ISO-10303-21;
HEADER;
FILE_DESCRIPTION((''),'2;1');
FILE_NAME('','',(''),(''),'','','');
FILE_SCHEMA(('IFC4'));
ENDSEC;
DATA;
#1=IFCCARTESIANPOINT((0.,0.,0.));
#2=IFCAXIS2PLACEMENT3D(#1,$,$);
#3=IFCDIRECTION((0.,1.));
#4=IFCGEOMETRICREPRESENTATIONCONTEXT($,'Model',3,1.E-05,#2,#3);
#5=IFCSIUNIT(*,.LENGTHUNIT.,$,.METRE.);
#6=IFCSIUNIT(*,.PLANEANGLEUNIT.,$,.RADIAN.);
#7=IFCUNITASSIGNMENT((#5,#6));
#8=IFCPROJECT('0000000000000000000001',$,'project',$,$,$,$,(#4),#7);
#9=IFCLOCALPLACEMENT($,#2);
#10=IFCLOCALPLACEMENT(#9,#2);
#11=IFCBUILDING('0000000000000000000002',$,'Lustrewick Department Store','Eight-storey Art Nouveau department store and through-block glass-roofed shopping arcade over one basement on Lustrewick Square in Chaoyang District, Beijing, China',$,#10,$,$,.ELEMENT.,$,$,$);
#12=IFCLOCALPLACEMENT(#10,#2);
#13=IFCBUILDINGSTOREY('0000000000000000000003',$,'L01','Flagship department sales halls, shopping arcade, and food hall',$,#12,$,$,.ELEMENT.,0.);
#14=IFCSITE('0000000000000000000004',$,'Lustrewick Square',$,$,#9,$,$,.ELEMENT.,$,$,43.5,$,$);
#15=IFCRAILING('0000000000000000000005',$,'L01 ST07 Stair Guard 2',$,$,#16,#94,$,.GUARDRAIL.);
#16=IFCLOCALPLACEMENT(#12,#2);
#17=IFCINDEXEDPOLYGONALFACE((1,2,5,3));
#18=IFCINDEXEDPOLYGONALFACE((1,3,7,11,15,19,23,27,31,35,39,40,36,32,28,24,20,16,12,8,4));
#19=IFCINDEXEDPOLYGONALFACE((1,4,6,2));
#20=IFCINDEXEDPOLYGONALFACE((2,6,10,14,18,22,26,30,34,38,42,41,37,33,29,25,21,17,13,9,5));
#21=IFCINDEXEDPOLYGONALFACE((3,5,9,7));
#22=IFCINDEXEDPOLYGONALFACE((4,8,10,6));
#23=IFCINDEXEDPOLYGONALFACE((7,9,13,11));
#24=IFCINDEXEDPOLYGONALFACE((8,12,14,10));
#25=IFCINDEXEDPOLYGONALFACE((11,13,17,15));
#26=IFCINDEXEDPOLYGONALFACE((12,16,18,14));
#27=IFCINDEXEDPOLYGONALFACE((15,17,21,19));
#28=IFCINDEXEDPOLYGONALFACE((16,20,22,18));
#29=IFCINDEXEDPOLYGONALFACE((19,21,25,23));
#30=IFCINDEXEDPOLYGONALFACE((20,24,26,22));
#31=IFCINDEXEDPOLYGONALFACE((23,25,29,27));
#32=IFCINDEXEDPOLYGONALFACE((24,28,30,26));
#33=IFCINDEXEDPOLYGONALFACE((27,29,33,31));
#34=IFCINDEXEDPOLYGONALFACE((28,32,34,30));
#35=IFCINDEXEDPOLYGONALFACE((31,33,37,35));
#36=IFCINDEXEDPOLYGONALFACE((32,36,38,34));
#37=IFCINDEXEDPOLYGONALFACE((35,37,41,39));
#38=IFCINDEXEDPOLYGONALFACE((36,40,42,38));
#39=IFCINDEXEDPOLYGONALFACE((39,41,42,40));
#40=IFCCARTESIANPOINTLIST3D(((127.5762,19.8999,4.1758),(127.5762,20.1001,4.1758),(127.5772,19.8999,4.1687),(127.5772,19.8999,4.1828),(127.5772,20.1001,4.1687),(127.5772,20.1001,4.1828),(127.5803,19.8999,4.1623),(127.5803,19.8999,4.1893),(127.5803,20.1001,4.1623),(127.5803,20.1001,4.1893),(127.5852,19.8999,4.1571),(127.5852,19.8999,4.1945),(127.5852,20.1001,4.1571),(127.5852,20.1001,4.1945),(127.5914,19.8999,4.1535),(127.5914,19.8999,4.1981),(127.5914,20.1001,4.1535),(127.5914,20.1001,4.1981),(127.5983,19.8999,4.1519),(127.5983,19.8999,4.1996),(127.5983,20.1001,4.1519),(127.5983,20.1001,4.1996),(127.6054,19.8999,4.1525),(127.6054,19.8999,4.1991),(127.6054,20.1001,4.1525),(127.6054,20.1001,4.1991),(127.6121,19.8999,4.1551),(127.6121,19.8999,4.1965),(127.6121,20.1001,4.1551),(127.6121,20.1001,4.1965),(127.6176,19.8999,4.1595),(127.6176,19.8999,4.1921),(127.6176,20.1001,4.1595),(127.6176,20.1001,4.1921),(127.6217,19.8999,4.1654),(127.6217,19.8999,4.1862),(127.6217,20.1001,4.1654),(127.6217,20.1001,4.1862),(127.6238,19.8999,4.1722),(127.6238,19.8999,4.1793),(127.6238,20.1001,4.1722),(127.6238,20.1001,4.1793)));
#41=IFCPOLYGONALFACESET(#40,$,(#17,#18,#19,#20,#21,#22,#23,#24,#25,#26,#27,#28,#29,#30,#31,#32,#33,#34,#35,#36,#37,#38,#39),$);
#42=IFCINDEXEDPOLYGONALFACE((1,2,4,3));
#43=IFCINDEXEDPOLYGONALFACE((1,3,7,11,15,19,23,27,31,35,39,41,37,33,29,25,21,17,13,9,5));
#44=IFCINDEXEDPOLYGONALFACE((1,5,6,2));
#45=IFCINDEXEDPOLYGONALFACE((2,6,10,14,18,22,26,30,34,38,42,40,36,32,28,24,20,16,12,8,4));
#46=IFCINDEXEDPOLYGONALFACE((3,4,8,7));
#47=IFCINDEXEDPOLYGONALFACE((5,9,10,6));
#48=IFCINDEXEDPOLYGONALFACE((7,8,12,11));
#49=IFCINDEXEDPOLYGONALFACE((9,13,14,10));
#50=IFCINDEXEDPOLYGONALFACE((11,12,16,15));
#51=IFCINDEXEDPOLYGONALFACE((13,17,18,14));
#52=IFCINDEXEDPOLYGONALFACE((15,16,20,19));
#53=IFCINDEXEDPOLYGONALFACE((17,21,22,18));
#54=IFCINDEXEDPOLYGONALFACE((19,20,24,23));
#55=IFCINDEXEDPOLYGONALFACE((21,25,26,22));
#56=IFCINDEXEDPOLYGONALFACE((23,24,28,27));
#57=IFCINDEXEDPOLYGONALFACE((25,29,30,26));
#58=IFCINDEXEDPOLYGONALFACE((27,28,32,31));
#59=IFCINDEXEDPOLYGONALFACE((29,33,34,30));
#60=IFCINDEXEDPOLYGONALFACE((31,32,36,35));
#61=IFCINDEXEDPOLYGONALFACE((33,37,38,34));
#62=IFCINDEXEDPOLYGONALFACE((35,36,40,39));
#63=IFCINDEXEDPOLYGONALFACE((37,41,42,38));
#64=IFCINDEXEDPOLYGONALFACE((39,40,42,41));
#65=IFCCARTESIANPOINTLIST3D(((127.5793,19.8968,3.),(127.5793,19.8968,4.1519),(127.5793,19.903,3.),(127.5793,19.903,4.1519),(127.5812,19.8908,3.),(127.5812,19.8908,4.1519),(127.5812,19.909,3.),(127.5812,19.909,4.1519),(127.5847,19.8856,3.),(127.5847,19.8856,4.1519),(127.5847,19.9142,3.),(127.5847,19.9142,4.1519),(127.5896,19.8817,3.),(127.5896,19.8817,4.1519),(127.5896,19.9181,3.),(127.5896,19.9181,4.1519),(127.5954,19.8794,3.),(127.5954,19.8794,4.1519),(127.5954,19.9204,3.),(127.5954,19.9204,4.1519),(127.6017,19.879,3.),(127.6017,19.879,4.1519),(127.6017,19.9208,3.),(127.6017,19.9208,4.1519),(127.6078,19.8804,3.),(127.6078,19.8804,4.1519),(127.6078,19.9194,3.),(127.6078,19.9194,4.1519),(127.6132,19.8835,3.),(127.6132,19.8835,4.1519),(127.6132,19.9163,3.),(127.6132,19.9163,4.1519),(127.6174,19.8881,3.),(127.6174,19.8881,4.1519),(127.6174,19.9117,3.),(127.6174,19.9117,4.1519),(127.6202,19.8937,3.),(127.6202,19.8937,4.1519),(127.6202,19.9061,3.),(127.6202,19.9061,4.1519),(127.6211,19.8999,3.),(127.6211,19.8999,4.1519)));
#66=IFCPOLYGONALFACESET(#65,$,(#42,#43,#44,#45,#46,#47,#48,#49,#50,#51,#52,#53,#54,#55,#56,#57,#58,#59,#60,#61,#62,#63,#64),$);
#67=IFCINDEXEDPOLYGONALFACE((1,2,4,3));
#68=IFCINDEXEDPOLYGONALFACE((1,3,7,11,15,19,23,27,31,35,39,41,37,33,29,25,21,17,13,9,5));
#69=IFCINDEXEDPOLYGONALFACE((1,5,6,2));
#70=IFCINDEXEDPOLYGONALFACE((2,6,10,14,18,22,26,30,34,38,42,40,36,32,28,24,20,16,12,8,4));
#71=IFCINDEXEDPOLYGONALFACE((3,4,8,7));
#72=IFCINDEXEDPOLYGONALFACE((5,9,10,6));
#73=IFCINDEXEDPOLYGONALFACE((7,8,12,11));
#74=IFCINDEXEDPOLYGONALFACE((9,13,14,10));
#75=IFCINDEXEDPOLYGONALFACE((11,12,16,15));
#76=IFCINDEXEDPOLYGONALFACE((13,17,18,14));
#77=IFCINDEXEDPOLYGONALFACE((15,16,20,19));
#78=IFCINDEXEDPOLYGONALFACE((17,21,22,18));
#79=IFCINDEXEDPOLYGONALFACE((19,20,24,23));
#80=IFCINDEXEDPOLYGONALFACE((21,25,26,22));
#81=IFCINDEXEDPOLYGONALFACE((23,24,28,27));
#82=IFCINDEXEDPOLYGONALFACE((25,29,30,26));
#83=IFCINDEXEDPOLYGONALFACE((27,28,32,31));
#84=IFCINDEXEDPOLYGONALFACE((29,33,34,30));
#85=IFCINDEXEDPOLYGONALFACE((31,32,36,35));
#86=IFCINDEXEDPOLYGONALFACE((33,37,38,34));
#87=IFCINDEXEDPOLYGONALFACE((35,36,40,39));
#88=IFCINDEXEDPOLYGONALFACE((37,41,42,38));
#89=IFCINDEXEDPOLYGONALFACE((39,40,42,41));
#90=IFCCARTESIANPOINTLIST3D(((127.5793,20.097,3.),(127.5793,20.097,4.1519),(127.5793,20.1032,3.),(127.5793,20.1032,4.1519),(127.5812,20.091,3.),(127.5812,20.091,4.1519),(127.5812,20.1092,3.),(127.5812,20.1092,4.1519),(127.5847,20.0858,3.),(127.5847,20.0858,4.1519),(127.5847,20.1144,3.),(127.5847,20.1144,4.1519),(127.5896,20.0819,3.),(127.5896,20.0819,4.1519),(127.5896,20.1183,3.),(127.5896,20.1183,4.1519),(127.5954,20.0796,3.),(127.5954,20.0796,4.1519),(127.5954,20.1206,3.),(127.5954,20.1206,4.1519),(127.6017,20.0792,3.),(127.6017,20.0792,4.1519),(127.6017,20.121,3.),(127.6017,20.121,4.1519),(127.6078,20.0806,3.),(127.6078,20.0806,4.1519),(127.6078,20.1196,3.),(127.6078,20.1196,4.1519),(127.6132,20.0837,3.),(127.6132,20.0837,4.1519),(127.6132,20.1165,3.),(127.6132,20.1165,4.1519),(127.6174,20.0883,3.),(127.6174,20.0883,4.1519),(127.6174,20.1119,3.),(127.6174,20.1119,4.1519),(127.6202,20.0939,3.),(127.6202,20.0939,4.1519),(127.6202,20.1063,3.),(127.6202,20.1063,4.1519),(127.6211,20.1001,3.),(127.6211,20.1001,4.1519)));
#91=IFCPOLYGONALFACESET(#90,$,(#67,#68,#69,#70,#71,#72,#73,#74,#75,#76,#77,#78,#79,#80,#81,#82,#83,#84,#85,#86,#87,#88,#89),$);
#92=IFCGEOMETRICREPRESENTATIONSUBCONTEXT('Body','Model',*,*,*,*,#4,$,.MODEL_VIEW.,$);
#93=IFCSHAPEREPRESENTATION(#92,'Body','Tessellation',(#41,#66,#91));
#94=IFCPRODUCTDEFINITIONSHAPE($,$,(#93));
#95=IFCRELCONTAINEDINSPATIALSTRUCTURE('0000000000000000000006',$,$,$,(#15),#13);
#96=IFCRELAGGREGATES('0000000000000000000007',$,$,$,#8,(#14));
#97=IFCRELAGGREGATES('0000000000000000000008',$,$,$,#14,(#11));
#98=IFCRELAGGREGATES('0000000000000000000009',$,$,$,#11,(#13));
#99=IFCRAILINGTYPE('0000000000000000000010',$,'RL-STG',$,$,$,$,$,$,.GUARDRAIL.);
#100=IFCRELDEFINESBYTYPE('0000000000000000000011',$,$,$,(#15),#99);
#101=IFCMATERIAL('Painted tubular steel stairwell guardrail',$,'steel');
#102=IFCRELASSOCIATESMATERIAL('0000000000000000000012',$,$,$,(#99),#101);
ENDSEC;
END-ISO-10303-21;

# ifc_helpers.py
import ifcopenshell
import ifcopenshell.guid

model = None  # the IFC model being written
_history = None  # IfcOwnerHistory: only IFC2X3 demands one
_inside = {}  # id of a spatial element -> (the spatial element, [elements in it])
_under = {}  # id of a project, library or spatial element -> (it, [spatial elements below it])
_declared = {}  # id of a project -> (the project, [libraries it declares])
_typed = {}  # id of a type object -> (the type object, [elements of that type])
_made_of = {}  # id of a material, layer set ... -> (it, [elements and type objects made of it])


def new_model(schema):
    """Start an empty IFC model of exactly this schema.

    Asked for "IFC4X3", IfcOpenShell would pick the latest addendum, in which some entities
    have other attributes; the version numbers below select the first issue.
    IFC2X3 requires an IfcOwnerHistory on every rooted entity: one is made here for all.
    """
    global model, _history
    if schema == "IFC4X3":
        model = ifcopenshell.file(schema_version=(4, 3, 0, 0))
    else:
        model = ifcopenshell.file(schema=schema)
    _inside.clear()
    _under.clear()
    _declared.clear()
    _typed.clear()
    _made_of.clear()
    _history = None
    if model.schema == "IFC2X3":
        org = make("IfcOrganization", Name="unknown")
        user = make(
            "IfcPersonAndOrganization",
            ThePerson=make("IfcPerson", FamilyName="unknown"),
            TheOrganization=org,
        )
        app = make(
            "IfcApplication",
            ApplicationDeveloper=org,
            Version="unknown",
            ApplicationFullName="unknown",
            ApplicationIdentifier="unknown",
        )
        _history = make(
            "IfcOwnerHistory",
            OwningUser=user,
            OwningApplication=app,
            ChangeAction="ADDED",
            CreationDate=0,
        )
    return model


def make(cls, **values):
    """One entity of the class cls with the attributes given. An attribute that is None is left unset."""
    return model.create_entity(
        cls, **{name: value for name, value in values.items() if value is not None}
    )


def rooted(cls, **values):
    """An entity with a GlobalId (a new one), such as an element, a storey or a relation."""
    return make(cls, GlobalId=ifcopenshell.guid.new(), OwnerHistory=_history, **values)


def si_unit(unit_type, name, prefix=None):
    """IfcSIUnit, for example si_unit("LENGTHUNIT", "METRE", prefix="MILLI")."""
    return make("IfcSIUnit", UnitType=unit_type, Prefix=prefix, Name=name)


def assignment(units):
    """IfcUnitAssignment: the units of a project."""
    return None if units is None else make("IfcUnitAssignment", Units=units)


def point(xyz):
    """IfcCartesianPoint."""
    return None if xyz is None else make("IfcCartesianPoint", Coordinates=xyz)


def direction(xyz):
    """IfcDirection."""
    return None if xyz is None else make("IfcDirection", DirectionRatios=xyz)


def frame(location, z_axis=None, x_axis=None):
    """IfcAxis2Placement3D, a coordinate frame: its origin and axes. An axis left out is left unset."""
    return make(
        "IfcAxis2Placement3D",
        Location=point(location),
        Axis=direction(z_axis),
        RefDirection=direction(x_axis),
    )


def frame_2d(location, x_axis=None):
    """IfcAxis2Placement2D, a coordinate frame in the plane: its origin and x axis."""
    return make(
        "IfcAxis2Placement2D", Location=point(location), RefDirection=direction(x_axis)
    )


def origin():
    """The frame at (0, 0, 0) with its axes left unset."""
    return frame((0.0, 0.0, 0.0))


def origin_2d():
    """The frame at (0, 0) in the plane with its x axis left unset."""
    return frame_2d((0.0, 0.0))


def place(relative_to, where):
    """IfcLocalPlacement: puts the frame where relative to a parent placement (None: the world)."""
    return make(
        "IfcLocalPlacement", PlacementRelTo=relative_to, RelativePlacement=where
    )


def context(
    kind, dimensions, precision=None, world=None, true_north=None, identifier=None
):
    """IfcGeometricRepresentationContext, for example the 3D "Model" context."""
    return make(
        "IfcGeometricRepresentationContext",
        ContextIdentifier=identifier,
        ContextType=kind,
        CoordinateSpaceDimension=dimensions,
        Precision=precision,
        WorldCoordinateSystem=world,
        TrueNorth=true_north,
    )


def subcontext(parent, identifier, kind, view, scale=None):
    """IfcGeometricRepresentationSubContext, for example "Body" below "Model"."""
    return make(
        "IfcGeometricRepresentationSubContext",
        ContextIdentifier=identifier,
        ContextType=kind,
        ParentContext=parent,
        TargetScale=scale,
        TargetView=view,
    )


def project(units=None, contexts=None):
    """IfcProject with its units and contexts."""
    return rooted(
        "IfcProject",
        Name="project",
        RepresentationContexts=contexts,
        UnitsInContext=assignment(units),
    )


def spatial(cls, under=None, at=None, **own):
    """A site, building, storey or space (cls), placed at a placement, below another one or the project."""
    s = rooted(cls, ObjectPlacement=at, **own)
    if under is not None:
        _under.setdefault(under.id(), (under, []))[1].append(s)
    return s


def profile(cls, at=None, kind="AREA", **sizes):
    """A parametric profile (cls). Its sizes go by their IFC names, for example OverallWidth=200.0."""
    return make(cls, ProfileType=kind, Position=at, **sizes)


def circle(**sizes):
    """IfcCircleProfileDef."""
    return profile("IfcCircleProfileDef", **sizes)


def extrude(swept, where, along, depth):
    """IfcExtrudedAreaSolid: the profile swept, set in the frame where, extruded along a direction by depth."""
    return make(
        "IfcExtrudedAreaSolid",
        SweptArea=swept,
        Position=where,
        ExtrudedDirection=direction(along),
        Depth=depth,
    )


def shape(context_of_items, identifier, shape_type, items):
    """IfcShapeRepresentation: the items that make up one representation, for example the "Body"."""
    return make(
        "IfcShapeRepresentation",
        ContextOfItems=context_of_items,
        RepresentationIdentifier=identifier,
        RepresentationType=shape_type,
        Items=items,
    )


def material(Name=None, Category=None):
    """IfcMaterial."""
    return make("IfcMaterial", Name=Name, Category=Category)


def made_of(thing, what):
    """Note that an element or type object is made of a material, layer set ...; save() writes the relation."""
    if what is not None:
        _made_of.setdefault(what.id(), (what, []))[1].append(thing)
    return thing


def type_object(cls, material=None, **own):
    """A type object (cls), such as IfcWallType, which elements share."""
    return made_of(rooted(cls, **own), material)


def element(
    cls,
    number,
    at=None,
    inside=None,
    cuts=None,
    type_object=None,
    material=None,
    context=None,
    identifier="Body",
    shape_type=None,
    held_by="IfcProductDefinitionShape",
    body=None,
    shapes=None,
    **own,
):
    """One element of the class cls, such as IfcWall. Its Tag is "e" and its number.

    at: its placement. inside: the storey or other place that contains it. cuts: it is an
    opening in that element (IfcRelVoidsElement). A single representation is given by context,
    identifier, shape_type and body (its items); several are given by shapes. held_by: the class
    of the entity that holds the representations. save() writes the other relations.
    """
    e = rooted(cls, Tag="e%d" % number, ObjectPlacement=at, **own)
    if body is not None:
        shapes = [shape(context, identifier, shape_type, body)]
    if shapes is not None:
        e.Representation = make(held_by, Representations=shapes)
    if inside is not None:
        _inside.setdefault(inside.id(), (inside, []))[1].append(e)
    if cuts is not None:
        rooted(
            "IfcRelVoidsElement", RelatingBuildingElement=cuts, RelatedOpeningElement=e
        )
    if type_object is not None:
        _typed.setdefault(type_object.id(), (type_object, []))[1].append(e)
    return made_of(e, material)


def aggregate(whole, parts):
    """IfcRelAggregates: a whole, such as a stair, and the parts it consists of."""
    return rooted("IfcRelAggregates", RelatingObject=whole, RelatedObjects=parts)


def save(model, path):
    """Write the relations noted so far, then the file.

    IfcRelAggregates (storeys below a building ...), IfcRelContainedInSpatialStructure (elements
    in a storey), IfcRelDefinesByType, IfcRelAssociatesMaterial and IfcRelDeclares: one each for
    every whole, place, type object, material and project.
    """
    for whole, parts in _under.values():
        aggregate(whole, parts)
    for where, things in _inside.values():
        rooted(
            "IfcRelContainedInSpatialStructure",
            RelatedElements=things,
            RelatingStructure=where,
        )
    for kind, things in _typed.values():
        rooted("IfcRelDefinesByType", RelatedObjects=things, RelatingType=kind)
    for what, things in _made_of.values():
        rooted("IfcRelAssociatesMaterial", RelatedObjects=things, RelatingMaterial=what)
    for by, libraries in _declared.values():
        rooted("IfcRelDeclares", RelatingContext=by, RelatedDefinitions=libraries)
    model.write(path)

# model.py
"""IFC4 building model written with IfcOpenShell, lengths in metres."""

from ifc_helpers import new_model, si_unit, direction, frame, origin, origin_2d, place, context, subcontext, project, spatial, circle, extrude, material, type_object, element, save


model = new_model("IFC4")

# Units and contexts
model_context = context("Model", 3, precision=1e-05, world=origin(), true_north=direction((0.0, 1.0)))
body_context = subcontext(model_context, "Body", "Model", "MODEL_VIEW")
ifc_project = project(units=[si_unit("LENGTHUNIT", "METRE"), si_unit("PLANEANGLEUNIT", "RADIAN")], contexts=[model_context])

# Site, building, storey
site_placement = place(None, origin())
site = spatial("IfcSite", under=ifc_project, at=site_placement, Name="Lustrewick Square", CompositionType="ELEMENT", RefElevation=43.5)
building_placement = place(site_placement, origin())
building = spatial("IfcBuilding", under=site, at=building_placement, Name="Lustrewick Department Store", Description="Eight-storey Art Nouveau department store and through-block glass-roofed shopping arcade over one basement on Lustrewick Square in Chaoyang District, Beijing, China", CompositionType="ELEMENT")
storey_placement = place(building_placement, origin())
storey = spatial("IfcBuildingStorey", under=building, at=storey_placement, Name="L01", Description="Flagship department sales halls, shopping arcade, and food hall", CompositionType="ELEMENT", Elevation=0.0)

# Railing
ifc_material_1 = material(Name="Painted tubular steel stairwell guardrail", Category="steel")
railing_type_1 = type_object("IfcRailingType", Name="RL-STG", PredefinedType="GUARDRAIL", material=ifc_material_1)
railing_1_placement = place(storey_placement, frame((127.6001, 19.8999, 3.0)))
element("IfcRailing", 1, at=railing_1_placement, inside=storey, type_object=railing_type_1, Name="L01 ST07 Stair Guard 2", PredefinedType="GUARDRAIL", context=body_context, shape_type="SweptSolid", body=[
    extrude(circle(Radius=0.0239, at=origin_2d()), frame((0.0, 0.0, 1.1758), z_axis=(0.0, 1.0, 0.0), x_axis=(-1.0, 0.0, 0.0)), (0.0, 0.0, 1.0), 0.2002),
    extrude(circle(Radius=0.021, at=origin_2d()), origin(), (0.0, 0.0, 1.0), 1.1519),
    extrude(circle(Radius=0.021, at=origin_2d()), frame((0.0, 0.2002, 0.0)), (0.0, 0.0, 1.0), 1.1519),
])

save(model, "model.ifc")
